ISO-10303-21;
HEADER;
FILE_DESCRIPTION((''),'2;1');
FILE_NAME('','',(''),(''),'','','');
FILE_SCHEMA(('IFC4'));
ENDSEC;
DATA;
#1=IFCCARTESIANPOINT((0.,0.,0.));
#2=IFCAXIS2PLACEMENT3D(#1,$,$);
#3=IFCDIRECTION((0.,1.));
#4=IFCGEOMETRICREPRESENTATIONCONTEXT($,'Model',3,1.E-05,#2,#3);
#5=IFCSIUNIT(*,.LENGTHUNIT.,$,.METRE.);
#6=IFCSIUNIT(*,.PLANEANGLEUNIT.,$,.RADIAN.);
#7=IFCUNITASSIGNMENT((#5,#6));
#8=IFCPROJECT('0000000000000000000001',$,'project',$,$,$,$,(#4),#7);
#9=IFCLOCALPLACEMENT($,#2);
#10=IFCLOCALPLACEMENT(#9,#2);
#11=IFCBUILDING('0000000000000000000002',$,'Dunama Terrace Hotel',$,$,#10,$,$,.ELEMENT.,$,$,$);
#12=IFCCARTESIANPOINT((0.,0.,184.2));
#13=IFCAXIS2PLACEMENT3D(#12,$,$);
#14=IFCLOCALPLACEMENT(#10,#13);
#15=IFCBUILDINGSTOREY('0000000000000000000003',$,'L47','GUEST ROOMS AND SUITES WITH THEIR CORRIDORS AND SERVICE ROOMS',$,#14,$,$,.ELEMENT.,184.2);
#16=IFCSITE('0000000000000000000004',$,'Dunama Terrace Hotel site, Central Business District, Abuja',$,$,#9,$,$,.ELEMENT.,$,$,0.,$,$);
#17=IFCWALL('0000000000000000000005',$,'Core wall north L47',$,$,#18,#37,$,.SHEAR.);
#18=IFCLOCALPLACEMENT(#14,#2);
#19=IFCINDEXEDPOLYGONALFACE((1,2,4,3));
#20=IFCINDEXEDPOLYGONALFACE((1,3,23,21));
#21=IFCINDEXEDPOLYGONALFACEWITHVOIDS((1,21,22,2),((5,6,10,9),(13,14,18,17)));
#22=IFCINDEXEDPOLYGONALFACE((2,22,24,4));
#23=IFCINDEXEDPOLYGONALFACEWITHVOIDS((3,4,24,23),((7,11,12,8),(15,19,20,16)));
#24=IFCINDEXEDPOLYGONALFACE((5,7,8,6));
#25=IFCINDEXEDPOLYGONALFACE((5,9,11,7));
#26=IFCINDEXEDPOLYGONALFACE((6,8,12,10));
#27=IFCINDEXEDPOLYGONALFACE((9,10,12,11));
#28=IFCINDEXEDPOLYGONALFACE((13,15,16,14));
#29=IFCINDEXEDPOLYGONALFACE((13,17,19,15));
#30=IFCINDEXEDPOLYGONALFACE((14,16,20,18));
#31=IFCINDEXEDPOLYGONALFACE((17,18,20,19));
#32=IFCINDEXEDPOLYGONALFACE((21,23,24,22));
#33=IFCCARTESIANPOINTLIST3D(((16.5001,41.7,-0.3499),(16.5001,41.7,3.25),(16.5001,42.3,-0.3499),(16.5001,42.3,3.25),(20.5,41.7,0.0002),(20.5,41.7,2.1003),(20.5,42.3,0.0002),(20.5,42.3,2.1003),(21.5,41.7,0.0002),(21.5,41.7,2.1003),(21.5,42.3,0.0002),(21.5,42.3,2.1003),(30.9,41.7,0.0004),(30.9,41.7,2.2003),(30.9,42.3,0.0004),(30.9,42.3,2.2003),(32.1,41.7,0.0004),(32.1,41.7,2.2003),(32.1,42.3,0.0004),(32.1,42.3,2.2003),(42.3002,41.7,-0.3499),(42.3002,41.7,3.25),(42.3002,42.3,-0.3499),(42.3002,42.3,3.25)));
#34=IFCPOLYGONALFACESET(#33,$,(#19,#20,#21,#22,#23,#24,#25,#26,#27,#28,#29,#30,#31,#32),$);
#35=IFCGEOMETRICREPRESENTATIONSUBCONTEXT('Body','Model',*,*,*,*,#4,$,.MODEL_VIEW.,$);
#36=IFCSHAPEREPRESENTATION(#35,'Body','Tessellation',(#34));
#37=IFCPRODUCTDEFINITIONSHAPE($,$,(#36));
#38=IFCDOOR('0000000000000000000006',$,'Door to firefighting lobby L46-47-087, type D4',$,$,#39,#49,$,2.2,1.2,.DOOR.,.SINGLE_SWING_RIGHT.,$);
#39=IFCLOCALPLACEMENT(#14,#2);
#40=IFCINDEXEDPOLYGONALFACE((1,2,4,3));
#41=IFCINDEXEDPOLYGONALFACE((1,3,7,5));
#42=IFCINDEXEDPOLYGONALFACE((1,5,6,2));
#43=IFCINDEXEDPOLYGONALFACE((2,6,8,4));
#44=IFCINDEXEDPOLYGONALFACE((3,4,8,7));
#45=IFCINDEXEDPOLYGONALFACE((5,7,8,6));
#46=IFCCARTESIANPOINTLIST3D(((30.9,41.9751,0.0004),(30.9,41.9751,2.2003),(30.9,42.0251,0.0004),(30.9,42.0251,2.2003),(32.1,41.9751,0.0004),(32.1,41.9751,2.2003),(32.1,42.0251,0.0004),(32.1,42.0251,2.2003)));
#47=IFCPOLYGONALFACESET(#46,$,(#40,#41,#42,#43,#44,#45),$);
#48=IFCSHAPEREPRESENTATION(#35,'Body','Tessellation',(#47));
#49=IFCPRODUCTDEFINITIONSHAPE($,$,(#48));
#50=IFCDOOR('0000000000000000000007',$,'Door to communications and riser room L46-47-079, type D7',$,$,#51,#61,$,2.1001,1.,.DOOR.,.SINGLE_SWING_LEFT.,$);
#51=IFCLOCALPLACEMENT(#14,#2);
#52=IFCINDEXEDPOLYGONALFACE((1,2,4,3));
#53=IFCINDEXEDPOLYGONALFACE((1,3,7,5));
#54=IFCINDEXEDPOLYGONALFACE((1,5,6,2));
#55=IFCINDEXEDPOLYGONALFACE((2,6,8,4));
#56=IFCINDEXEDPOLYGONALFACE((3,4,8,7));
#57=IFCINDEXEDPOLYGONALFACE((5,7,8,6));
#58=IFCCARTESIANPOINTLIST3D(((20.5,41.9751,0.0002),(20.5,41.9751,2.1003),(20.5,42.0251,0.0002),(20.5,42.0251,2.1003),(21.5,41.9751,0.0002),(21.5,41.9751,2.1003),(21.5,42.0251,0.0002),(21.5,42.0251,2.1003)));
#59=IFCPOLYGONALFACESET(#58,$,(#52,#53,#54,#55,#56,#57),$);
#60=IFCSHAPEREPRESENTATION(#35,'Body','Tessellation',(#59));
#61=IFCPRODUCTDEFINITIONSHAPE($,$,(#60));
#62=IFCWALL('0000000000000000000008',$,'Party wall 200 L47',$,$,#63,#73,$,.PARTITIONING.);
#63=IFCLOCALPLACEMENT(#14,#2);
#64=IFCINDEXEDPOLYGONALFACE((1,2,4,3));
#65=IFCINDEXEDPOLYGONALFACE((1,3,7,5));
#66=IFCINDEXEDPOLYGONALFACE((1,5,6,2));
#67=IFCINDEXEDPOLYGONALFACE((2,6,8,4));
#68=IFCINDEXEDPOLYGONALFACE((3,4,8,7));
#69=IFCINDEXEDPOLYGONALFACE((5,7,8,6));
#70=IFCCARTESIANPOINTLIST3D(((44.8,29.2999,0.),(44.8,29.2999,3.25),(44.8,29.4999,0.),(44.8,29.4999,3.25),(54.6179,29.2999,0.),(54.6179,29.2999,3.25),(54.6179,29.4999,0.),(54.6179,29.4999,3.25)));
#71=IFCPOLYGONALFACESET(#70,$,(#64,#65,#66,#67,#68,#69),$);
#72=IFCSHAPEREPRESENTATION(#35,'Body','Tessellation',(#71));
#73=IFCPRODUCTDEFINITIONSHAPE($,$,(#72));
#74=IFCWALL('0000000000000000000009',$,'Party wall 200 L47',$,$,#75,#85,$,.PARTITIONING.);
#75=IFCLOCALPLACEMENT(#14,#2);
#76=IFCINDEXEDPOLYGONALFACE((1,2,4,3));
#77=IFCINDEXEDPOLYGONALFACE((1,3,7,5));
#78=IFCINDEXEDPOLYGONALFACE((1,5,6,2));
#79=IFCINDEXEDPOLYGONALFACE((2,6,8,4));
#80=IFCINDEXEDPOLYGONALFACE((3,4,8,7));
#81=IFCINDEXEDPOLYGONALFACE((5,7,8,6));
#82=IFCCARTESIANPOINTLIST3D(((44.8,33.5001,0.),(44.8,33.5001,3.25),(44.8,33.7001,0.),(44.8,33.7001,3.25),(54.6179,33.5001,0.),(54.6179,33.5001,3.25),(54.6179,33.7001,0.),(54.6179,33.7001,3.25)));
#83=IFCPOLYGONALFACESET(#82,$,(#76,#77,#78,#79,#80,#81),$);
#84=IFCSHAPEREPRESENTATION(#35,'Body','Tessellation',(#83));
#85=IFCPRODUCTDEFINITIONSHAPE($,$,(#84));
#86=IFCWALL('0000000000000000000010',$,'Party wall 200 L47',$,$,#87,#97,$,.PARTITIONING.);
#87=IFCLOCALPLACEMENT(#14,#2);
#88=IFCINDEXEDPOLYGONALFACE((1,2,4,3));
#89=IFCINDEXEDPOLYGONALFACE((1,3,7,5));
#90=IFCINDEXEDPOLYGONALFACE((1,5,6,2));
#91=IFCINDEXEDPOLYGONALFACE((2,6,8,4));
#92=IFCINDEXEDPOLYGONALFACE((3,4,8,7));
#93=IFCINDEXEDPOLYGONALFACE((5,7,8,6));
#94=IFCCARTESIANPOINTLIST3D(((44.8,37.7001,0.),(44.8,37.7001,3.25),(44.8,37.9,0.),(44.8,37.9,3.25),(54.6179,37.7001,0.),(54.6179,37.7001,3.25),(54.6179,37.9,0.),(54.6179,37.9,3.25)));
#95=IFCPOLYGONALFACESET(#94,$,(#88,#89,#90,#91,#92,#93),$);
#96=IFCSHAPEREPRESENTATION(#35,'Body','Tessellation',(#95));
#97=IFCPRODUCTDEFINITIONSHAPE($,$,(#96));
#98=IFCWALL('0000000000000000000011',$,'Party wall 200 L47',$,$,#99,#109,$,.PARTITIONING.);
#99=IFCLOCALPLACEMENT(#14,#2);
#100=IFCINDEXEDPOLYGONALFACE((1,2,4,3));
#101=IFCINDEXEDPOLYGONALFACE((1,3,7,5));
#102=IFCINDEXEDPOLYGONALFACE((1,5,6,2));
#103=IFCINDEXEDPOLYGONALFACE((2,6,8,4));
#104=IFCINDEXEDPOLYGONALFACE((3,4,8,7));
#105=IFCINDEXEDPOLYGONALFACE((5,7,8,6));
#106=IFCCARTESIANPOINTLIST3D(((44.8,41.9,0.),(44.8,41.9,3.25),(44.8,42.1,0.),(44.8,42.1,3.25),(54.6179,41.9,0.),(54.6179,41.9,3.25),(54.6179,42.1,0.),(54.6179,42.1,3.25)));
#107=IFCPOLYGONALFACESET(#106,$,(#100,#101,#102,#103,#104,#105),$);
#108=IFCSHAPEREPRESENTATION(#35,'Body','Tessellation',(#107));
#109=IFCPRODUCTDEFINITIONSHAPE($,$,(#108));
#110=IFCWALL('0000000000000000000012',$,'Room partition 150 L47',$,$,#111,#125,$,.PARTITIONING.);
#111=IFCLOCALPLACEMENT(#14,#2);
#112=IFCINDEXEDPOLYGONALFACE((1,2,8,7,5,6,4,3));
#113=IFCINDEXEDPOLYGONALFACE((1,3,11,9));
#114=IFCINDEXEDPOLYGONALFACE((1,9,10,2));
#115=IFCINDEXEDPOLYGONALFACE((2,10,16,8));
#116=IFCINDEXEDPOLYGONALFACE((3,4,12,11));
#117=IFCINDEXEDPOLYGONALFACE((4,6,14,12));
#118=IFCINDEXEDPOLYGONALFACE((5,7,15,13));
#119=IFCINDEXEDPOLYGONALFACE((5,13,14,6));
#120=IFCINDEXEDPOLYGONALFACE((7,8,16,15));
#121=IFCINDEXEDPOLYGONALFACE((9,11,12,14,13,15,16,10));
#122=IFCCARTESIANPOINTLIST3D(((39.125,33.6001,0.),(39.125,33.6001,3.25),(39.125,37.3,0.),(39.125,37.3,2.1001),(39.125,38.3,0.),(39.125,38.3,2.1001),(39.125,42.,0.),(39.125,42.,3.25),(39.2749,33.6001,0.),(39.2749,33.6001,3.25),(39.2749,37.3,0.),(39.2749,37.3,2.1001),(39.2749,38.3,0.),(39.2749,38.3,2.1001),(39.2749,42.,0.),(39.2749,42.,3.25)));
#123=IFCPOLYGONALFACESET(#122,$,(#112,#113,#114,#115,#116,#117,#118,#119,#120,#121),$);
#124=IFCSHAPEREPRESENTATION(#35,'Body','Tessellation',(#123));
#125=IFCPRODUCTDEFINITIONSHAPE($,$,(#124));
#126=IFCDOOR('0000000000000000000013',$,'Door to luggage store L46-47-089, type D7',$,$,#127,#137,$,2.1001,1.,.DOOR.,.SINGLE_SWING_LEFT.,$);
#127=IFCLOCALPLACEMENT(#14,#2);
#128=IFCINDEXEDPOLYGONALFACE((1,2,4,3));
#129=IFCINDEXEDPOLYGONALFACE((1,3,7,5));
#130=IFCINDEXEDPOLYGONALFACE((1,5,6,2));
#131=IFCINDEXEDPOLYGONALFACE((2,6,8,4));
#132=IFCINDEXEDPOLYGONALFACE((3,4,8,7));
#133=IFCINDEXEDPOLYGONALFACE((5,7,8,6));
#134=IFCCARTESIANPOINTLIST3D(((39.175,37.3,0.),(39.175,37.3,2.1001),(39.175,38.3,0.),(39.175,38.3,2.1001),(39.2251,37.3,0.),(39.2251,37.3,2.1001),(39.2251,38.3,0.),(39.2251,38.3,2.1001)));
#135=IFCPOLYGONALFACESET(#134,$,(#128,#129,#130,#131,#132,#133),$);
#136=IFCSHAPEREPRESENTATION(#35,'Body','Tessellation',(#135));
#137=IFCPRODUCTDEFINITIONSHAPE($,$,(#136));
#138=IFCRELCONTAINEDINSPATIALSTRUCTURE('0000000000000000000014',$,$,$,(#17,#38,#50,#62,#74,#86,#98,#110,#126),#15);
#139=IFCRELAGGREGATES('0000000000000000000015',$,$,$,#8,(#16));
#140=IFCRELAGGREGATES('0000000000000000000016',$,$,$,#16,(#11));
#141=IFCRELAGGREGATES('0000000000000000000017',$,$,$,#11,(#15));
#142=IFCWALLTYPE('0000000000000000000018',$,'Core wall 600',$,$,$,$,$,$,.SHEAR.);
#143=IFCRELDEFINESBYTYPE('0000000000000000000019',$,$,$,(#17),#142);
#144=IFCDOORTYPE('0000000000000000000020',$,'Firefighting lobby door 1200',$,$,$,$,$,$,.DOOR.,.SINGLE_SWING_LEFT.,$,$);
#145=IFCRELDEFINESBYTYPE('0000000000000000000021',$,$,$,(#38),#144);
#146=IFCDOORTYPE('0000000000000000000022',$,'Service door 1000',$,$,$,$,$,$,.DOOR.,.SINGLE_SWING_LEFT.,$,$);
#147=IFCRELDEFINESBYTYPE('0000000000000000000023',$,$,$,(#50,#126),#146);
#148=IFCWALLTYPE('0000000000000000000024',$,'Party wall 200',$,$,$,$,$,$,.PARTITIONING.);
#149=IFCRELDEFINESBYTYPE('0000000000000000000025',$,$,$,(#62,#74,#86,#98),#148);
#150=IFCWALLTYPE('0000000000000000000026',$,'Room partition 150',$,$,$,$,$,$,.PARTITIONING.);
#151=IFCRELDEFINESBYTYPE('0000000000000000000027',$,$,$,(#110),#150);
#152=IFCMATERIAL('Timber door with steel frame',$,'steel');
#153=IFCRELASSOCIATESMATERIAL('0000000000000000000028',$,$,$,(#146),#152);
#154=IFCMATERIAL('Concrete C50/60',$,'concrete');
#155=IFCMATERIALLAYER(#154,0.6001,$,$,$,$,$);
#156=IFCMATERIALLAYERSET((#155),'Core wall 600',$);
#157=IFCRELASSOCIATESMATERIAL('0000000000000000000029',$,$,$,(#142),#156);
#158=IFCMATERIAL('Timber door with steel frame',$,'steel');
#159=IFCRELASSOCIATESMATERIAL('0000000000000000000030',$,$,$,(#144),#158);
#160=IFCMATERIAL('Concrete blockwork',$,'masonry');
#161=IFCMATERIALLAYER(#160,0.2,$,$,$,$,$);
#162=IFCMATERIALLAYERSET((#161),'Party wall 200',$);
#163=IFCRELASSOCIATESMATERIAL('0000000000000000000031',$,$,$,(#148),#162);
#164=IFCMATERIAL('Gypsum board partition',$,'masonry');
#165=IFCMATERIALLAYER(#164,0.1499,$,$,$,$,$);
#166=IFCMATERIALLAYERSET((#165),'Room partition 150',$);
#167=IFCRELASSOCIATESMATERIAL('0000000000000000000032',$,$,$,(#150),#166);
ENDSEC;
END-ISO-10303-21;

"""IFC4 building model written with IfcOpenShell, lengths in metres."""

from ifc_helpers import new_model, si_unit, direction, frame, frame_2d, origin, place, context, subcontext, project, spatial, rectangle, extrude, material, layer, layer_set, type_object, element, fill, save


model = new_model("IFC4")

# Units and contexts
model_context = context("Model", 3, precision=1e-05, world=origin(), true_north=direction((0.0, 1.0)))
body_context = subcontext(model_context, "Body", "Model", "MODEL_VIEW")
ifc_project = project(units=[si_unit("LENGTHUNIT", "METRE"), si_unit("PLANEANGLEUNIT", "RADIAN")], contexts=[model_context])

# Site, building, storey
site_placement = place(None, origin())
site = spatial("IfcSite", under=ifc_project, at=site_placement, Name="Dunama Terrace Hotel site, Central Business District, Abuja", CompositionType="ELEMENT", RefElevation=0.0)
building_placement = place(site_placement, origin())
building = spatial("IfcBuilding", under=site, at=building_placement, Name="Dunama Terrace Hotel", CompositionType="ELEMENT")
storey_placement = place(building_placement, frame((0.0, 0.0, 184.2)))
storey = spatial("IfcBuildingStorey", under=building, at=storey_placement, Name="L47", Description="GUEST ROOMS AND SUITES WITH THEIR CORRIDORS AND SERVICE ROOMS", CompositionType="ELEMENT", Elevation=184.2)

# Shared definitions
ifc_material_1 = material(Name="Timber door with steel frame", Category="steel")
door_type_1 = type_object("IfcDoorType", Name="Service door 1000", OperationType="SINGLE_SWING_LEFT", PredefinedType="DOOR", material=ifc_material_1)

# Wall, openings, doors
ifc_material_2 = material(Name="Concrete C50/60", Category="concrete")
ifc_layer_1 = layer(ifc_material_2, 0.6001)
ifc_layer_set_1 = layer_set([ifc_layer_1], Name="Core wall 600")
wall_type_1 = type_object("IfcWallType", Name="Core wall 600", PredefinedType="SHEAR", material=ifc_layer_set_1)
wall_1_placement = place(storey_placement, frame((42.3, 42.0, -0.3499), z_axis=(0.0, 0.0, 1.0), x_axis=(-1.0, 0.0, 0.0)))
wall_1 = element("IfcWall", 1, at=wall_1_placement, inside=storey, type_object=wall_type_1, Name="Core wall north L47", PredefinedType="SHEAR", context=body_context, shape_type="SweptSolid", body=[
    extrude(rectangle(XDim=25.8, YDim=0.6001, at=frame_2d((12.8999, 0.0))), origin(), (0.0, 0.0, 1.0), 3.5999),
])
opening_1_placement = place(wall_1_placement, frame((20.8, 0.0, 0.3501)))
opening_1 = element("IfcOpeningElement", 2, at=opening_1_placement, cuts=wall_1, PredefinedType="OPENING", context=body_context, shape_type="SweptSolid", body=[
    extrude(rectangle(XDim=1.0, YDim=2.1001, at=frame_2d((0.5, 1.05))), frame((0.0, 0.3101, 0.0), z_axis=(0.0, -1.0, 0.0), x_axis=(1.0, 0.0, 0.0)), (0.0, 0.0, 1.0), 0.6201),
])
opening_2_placement = place(wall_1_placement, frame((10.2, 0.0, 0.3501)))
opening_2 = element("IfcOpeningElement", 3, at=opening_2_placement, cuts=wall_1, PredefinedType="OPENING", context=body_context, shape_type="SweptSolid", body=[
    extrude(rectangle(XDim=1.2, YDim=2.2, at=frame_2d((0.6001, 1.1001))), frame((0.0, 0.3101, 0.0), z_axis=(0.0, -1.0, 0.0), x_axis=(1.0, 0.0, 0.0)), (0.0, 0.0, 1.0), 0.6201),
])
ifc_material_3 = material(Name="Timber door with steel frame", Category="steel")
door_type_2 = type_object("IfcDoorType", Name="Firefighting lobby door 1200", OperationType="SINGLE_SWING_LEFT", PredefinedType="DOOR", material=ifc_material_3)
door_1_placement = place(opening_2_placement, origin())
door_1 = element("IfcDoor", 4, at=door_1_placement, inside=storey, type_object=door_type_2, Name="Door to firefighting lobby L46-47-087, type D4", OperationType="SINGLE_SWING_RIGHT", OverallHeight=2.2, OverallWidth=1.2, PredefinedType="DOOR", context=body_context, shape_type="SweptSolid", body=[
    extrude(rectangle(XDim=1.2, YDim=2.2, at=frame_2d((0.6001, 1.1001))), frame((0.0, 0.0249, 0.0), z_axis=(0.0, -1.0, 0.0), x_axis=(1.0, 0.0, 0.0)), (0.0, 0.0, 1.0), 0.05),
])
fill(opening_2, door_1)
door_2_placement = place(opening_1_placement, origin())
door_2 = element("IfcDoor", 5, at=door_2_placement, inside=storey, type_object=door_type_1, Name="Door to communications and riser room L46-47-079, type D7", OperationType="SINGLE_SWING_LEFT", OverallHeight=2.1001, OverallWidth=1.0, PredefinedType="DOOR", context=body_context, shape_type="SweptSolid", body=[
    extrude(rectangle(XDim=1.0, YDim=2.1001, at=frame_2d((0.5, 1.05))), frame((0.0, 0.0249, 0.0), z_axis=(0.0, -1.0, 0.0), x_axis=(1.0, 0.0, 0.0)), (0.0, 0.0, 1.0), 0.05),
])
fill(opening_1, door_2)

# Walls
ifc_material_4 = material(Name="Concrete blockwork", Category="masonry")
ifc_layer_2 = layer(ifc_material_4, 0.2)
ifc_layer_set_2 = layer_set([ifc_layer_2], Name="Party wall 200")
wall_type_2 = type_object("IfcWallType", Name="Party wall 200", PredefinedType="PARTITIONING", material=ifc_layer_set_2)
for number, where, z_axis, x_axis, name in (
    (6, (44.8, 29.3999, 0.0), (0.0, 0.0, 1.0), (1.0, 0.0, 0.0), "Party wall 200 L47"),
    (7, (44.8, 33.6001, 0.0), (0.0, 0.0, 1.0), (1.0, 0.0, 0.0), "Party wall 200 L47"),
    (8, (44.8, 37.8, 0.0), (0.0, 0.0, 1.0), (1.0, 0.0, 0.0), "Party wall 200 L47"),
    (9, (44.8, 42.0, 0.0), (0.0, 0.0, 1.0), (1.0, 0.0, 0.0), "Party wall 200 L47"),
):
    element("IfcWall", number, at=place(storey_placement, frame(where, z_axis=z_axis, x_axis=x_axis)), inside=storey, type_object=wall_type_2, Name=name, PredefinedType="PARTITIONING", context=body_context, shape_type="SweptSolid", body=[
        extrude(rectangle(XDim=9.8179, YDim=0.2, at=frame_2d((4.9089, 0.0))), origin(), (0.0, 0.0, 1.0), 3.25),
    ])

# Wall, opening, door
ifc_material_5 = material(Name="Gypsum board partition", Category="masonry")
ifc_layer_3 = layer(ifc_material_5, 0.1499)
ifc_layer_set_3 = layer_set([ifc_layer_3], Name="Room partition 150")
wall_type_3 = type_object("IfcWallType", Name="Room partition 150", PredefinedType="PARTITIONING", material=ifc_layer_set_3)
wall_2_placement = place(storey_placement, frame((39.2, 33.6001, 0.0), z_axis=(0.0, 0.0, 1.0), x_axis=(0.0, 1.0, 0.0)))
wall_2 = element("IfcWall", 10, at=wall_2_placement, inside=storey, type_object=wall_type_3, Name="Room partition 150 L47", PredefinedType="PARTITIONING", context=body_context, shape_type="SweptSolid", body=[
    extrude(rectangle(XDim=8.3999, YDim=0.1499, at=frame_2d((4.2, 0.0))), origin(), (0.0, 0.0, 1.0), 3.25),
])
opening_3_placement = place(wall_2_placement, frame((3.7, 0.0, 0.0)))
opening_3 = element("IfcOpeningElement", 11, at=opening_3_placement, cuts=wall_2, PredefinedType="OPENING", context=body_context, shape_type="SweptSolid", body=[
    extrude(rectangle(XDim=1.0, YDim=2.1001, at=frame_2d((0.5, 1.05))), frame((0.0, 0.085, 0.0), z_axis=(0.0, -1.0, 0.0), x_axis=(1.0, 0.0, 0.0)), (0.0, 0.0, 1.0), 0.1699),
])
door_3_placement = place(opening_3_placement, origin())
door_3 = element("IfcDoor", 12, at=door_3_placement, inside=storey, type_object=door_type_1, Name="Door to luggage store L46-47-089, type D7", OperationType="SINGLE_SWING_LEFT", OverallHeight=2.1001, OverallWidth=1.0, PredefinedType="DOOR", context=body_context, shape_type="SweptSolid", body=[
    extrude(rectangle(XDim=1.0, YDim=2.1001, at=frame_2d((0.5, 1.05))), frame((0.0, 0.0249, 0.0), z_axis=(0.0, -1.0, 0.0), x_axis=(1.0, 0.0, 0.0)), (0.0, 0.0, 1.0), 0.05),
])
fill(opening_3, door_3)

save(model, "model.ifc")
